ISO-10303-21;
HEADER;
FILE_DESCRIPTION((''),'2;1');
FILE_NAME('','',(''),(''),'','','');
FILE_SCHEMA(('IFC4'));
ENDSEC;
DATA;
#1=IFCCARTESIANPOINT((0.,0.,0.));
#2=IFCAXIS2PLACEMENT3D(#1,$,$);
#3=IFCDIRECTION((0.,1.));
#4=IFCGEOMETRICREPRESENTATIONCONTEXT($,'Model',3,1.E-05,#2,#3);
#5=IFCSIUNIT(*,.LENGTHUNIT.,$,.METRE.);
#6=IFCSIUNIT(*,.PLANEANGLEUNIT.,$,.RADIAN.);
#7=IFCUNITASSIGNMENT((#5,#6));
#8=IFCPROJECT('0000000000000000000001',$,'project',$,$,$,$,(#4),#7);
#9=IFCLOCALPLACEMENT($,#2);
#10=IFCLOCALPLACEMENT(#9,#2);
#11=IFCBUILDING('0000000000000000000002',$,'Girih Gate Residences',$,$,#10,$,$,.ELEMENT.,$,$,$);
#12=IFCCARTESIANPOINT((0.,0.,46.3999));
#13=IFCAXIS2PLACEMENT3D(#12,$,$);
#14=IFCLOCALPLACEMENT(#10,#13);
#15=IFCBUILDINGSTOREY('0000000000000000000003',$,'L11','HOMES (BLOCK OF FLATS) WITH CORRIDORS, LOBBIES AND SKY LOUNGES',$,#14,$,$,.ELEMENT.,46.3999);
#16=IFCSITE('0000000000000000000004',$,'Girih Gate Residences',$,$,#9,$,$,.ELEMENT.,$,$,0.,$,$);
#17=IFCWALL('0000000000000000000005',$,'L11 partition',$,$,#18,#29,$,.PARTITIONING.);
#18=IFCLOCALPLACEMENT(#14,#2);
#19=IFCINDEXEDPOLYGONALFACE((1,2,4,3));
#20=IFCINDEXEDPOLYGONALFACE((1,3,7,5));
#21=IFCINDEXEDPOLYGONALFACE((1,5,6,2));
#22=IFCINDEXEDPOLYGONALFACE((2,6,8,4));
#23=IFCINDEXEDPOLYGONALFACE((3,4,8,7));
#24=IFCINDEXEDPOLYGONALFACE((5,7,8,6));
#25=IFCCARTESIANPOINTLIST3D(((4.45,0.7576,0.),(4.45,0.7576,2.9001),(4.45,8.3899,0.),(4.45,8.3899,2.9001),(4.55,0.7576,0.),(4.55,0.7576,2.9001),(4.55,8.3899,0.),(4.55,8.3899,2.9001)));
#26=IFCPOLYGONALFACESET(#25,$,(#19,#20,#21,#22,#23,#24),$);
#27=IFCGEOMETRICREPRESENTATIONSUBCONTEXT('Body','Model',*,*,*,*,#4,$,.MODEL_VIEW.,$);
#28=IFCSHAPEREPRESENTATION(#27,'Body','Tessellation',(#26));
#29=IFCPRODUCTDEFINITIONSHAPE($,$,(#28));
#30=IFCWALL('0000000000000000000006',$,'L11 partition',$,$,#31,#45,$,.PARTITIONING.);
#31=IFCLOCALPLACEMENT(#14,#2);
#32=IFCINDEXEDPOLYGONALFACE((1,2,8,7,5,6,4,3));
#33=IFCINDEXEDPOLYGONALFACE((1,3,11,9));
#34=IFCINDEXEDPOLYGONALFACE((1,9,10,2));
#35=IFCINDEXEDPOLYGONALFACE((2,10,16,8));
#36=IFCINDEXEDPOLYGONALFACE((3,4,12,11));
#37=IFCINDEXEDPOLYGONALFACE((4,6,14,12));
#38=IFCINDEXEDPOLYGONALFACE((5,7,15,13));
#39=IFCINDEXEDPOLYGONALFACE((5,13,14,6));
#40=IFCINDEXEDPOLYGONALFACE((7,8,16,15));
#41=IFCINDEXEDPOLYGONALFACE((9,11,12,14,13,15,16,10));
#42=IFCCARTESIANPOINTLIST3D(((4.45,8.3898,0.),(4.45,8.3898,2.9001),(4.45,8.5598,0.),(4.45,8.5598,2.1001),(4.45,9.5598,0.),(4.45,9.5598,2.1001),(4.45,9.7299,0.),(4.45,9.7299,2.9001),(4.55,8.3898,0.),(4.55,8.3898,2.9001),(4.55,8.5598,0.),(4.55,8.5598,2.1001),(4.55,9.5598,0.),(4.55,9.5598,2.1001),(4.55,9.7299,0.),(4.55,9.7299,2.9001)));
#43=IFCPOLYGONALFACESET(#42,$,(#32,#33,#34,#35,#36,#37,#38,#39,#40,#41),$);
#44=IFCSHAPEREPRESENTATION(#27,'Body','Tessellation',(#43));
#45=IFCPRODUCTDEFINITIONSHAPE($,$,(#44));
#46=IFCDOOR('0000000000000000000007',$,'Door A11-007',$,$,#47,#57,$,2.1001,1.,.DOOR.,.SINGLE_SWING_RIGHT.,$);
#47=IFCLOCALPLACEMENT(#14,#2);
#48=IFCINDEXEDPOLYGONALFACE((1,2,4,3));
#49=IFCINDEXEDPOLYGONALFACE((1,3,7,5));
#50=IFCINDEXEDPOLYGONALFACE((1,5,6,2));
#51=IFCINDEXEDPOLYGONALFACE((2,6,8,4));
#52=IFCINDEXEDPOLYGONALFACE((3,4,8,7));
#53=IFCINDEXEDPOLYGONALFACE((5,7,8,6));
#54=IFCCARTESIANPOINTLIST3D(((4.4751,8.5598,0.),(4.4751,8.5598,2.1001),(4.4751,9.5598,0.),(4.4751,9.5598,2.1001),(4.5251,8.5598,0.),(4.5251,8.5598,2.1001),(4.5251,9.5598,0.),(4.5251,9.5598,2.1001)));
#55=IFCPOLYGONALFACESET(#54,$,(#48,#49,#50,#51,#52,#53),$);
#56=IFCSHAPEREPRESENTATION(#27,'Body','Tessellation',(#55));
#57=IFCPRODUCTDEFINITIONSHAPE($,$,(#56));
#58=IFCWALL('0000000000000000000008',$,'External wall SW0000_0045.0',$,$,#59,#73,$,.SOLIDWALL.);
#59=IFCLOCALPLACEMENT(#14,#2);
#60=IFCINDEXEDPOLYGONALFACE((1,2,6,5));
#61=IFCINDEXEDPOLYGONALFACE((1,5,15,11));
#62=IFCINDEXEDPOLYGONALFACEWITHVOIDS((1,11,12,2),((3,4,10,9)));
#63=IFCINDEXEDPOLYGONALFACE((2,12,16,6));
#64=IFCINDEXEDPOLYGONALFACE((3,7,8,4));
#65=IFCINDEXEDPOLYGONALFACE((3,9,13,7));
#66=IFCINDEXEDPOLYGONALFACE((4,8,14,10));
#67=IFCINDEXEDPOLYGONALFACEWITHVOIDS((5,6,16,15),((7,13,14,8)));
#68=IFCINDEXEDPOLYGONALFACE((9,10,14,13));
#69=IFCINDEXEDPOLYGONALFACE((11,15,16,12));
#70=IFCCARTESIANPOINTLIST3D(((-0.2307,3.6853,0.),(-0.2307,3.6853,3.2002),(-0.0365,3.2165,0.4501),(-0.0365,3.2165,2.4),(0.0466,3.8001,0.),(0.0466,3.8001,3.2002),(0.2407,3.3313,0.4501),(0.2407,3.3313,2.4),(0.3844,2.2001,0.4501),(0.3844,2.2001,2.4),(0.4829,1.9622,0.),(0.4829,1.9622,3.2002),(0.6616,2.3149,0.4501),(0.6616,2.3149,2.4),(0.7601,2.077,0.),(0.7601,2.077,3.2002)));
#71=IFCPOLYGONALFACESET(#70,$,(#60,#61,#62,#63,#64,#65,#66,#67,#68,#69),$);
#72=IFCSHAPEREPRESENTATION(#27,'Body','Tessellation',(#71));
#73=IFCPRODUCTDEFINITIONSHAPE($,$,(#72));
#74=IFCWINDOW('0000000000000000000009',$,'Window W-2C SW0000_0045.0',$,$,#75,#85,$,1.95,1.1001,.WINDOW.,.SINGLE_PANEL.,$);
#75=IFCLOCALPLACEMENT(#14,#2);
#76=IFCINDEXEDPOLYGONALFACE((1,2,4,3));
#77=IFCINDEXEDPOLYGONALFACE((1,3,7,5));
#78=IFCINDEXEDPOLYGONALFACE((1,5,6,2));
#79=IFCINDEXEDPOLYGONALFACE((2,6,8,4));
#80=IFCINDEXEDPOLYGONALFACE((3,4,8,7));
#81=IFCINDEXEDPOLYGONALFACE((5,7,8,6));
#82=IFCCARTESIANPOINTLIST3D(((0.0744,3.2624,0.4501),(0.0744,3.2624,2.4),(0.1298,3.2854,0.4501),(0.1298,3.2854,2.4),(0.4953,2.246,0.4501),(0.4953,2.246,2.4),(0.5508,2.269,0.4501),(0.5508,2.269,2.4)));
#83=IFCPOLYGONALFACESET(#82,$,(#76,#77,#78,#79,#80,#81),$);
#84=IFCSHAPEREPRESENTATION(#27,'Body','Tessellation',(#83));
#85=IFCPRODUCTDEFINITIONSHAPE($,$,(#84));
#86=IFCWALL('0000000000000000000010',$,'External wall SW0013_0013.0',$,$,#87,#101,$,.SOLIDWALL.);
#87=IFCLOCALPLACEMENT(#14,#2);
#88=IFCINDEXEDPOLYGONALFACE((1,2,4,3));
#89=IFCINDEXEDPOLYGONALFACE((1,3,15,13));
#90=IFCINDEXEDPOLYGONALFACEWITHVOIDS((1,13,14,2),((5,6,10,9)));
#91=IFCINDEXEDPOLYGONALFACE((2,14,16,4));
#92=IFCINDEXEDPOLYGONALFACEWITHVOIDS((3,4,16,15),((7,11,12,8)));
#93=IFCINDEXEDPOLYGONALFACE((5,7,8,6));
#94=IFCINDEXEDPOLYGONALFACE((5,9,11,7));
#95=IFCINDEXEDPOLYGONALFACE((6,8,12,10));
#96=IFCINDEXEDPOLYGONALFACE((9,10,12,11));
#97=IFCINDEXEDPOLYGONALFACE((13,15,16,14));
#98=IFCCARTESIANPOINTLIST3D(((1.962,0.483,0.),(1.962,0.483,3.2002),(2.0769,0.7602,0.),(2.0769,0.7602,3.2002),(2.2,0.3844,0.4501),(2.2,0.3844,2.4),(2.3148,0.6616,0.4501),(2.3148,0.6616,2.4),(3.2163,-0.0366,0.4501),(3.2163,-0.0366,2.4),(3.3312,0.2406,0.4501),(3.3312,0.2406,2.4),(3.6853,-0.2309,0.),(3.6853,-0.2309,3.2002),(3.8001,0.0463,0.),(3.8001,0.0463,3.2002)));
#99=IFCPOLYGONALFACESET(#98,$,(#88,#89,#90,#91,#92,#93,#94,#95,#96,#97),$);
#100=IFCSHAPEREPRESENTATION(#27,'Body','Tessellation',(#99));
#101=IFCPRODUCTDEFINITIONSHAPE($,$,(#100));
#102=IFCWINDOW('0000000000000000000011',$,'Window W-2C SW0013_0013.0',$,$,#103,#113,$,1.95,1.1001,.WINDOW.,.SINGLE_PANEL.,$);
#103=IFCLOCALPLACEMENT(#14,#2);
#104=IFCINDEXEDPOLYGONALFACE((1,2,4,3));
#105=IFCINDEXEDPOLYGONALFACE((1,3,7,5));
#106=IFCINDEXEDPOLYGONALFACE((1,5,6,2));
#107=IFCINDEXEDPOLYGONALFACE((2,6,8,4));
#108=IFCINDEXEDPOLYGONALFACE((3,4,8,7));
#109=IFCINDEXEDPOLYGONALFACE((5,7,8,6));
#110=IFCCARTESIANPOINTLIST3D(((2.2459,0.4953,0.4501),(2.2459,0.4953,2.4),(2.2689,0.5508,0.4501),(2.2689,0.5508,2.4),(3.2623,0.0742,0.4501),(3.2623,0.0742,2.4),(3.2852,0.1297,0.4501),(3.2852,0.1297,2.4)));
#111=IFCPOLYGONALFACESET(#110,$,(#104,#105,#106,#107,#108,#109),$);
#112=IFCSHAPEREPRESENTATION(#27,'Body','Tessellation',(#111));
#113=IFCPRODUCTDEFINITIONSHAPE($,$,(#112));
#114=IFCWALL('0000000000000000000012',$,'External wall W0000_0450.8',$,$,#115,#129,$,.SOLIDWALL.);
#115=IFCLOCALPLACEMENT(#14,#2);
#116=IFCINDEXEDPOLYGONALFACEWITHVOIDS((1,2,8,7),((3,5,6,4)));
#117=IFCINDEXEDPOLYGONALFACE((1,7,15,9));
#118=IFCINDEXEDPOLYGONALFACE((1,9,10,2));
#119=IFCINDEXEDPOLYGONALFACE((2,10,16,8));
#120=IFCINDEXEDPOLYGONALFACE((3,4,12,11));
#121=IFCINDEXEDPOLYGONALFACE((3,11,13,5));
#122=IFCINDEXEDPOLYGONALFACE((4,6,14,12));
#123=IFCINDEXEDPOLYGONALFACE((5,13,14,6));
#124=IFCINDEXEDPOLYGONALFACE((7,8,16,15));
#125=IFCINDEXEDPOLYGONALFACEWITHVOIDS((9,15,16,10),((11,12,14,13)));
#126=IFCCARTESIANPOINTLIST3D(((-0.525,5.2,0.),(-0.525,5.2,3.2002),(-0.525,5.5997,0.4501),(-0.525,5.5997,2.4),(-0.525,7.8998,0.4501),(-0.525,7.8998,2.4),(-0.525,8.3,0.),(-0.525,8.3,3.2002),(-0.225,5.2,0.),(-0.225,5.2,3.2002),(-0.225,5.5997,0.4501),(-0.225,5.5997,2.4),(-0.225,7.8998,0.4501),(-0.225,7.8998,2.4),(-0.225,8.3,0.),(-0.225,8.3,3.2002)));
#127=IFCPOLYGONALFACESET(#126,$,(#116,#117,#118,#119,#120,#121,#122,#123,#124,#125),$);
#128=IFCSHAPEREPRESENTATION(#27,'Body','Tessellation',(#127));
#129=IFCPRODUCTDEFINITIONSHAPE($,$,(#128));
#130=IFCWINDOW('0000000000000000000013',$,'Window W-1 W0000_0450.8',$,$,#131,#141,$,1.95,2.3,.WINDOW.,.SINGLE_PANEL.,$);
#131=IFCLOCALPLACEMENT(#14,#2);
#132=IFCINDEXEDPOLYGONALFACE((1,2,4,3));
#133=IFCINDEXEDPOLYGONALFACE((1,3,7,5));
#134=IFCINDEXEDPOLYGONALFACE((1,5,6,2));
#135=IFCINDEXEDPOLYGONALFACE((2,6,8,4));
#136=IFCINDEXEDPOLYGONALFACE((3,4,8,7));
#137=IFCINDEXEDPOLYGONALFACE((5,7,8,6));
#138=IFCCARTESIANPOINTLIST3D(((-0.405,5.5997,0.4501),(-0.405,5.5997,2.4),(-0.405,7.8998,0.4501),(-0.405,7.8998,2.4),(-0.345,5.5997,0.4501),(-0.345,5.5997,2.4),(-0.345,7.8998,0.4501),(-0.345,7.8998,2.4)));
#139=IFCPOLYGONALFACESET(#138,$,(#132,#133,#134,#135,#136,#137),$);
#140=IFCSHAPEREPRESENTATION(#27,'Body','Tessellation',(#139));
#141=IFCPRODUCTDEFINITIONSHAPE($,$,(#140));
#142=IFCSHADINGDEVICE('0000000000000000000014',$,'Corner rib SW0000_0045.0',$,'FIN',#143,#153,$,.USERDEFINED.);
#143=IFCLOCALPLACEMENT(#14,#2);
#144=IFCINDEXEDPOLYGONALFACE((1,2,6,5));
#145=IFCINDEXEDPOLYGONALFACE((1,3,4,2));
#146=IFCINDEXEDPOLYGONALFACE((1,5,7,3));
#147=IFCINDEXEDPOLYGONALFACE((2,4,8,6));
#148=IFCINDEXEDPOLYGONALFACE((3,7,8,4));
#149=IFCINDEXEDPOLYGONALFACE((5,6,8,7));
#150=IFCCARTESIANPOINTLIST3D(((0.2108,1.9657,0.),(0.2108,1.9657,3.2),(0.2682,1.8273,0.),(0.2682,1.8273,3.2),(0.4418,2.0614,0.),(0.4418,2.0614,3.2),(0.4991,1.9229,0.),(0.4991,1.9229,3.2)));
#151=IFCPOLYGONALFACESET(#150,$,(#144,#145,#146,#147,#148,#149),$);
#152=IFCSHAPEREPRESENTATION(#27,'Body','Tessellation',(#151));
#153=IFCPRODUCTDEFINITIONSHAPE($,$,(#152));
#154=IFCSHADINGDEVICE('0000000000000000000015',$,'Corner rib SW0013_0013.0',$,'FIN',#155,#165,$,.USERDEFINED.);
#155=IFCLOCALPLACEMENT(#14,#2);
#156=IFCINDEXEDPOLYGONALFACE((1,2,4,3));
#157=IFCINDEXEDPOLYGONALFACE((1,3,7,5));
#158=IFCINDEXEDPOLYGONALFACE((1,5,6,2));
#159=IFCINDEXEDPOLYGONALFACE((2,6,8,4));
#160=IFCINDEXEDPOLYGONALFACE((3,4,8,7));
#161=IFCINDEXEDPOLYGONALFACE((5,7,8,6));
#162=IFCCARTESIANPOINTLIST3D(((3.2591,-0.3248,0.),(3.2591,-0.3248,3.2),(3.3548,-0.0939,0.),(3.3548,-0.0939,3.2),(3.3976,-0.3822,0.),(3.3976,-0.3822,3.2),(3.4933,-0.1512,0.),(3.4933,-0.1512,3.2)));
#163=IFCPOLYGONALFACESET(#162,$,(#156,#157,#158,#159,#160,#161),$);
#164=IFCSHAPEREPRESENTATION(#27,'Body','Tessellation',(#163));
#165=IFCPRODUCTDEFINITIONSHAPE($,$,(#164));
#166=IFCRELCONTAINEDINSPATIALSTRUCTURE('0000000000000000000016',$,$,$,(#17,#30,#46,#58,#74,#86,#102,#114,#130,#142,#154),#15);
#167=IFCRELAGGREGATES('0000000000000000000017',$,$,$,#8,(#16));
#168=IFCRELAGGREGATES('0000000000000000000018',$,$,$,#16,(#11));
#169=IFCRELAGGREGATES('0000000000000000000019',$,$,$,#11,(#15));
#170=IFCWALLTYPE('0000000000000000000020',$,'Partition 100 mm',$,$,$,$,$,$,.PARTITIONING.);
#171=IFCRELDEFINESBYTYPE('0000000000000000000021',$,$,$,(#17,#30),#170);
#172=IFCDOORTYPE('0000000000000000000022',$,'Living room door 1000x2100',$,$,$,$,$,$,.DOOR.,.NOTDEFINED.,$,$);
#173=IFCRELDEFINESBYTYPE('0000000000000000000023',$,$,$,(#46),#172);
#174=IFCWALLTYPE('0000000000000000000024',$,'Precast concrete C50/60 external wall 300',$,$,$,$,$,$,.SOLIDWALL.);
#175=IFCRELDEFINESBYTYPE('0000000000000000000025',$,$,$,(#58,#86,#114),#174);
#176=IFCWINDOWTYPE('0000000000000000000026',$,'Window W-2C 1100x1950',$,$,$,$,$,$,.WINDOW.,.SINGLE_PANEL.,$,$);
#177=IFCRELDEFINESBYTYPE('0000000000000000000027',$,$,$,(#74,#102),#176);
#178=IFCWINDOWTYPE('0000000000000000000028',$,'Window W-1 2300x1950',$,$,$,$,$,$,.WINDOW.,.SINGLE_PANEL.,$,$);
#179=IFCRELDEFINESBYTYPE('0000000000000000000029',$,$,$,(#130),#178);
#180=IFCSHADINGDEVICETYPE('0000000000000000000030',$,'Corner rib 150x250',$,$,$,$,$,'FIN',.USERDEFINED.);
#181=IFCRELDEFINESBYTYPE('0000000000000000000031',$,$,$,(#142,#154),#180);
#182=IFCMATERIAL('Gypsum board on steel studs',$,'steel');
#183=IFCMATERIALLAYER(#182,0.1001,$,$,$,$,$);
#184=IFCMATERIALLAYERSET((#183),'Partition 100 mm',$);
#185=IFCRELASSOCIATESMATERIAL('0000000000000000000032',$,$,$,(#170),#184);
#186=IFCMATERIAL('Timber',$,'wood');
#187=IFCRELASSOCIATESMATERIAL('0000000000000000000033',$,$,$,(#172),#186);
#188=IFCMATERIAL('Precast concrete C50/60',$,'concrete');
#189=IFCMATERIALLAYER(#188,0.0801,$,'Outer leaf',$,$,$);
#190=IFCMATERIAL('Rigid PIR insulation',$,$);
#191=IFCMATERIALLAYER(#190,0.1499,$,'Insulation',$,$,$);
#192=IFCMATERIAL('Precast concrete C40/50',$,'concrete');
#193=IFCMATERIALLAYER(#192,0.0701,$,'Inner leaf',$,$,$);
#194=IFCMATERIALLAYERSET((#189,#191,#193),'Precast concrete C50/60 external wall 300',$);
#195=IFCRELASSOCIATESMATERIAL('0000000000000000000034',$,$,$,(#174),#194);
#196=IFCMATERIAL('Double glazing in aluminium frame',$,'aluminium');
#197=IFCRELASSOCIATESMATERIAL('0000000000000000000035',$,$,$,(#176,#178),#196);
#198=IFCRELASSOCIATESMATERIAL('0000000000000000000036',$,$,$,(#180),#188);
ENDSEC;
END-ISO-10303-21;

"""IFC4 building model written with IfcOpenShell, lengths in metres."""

from ifc_helpers import new_model, si_unit, direction, frame, frame_2d, origin, origin_2d, place, context, subcontext, project, spatial, rectangle, extrude, material, layer, layer_set, type_object, element, fill, save


model = new_model("IFC4")

# Units and contexts
model_context = context("Model", 3, precision=1e-05, world=origin(), true_north=direction((0.0, 1.0)))
body_context = subcontext(model_context, "Body", "Model", "MODEL_VIEW")
ifc_project = project(units=[si_unit("LENGTHUNIT", "METRE"), si_unit("PLANEANGLEUNIT", "RADIAN")], contexts=[model_context])

# Site, building, storey
site_placement = place(None, origin())
site = spatial("IfcSite", under=ifc_project, at=site_placement, Name="Girih Gate Residences", CompositionType="ELEMENT", RefElevation=0.0)
building_placement = place(site_placement, origin())
building = spatial("IfcBuilding", under=site, at=building_placement, Name="Girih Gate Residences", CompositionType="ELEMENT")
storey_placement = place(building_placement, frame((0.0, 0.0, 46.3999)))
storey = spatial("IfcBuildingStorey", under=building, at=storey_placement, Name="L11", Description="HOMES (BLOCK OF FLATS) WITH CORRIDORS, LOBBIES AND SKY LOUNGES", CompositionType="ELEMENT", Elevation=46.3999)

# Wall
ifc_material_1 = material(Name="Gypsum board on steel studs", Category="steel")
ifc_layer_1 = layer(ifc_material_1, 0.1001)
ifc_layer_set_1 = layer_set([ifc_layer_1], Name="Partition 100 mm")
wall_type_1 = type_object("IfcWallType", Name="Partition 100 mm", PredefinedType="PARTITIONING", material=ifc_layer_set_1)
wall_1_placement = place(storey_placement, frame((4.5, 0.7576, 0.0), z_axis=(0.0, 0.0, 1.0), x_axis=(0.0, 1.0, 0.0)))
element("IfcWall", 1, at=wall_1_placement, inside=storey, type_object=wall_type_1, Name="L11 partition", PredefinedType="PARTITIONING", context=body_context, shape_type="SweptSolid", body=[
    extrude(rectangle(XDim=7.6323, YDim=0.1001, at=frame_2d((3.8162, 0.0))), origin(), (0.0, 0.0, 1.0), 2.9001),
])

# Wall, opening, door
wall_2_placement = place(storey_placement, frame((4.5, 8.3899, 0.0), z_axis=(0.0, 0.0, 1.0), x_axis=(0.0, 1.0, 0.0)))
wall_2 = element("IfcWall", 2, at=wall_2_placement, inside=storey, type_object=wall_type_1, Name="L11 partition", PredefinedType="PARTITIONING", context=body_context, shape_type="SweptSolid", body=[
    extrude(rectangle(XDim=1.3401, YDim=0.1001, at=frame_2d((0.6699, 0.0))), origin(), (0.0, 0.0, 1.0), 2.9001),
])
opening_1_placement = place(wall_2_placement, frame((0.1699, 0.0, 0.0)))
opening_1 = element("IfcOpeningElement", 3, at=opening_1_placement, cuts=wall_2, PredefinedType="OPENING", context=body_context, shape_type="SweptSolid", body=[
    extrude(rectangle(XDim=1.0, YDim=2.1001, at=frame_2d((0.5, 1.05))), frame((0.0, 0.0601, 0.0), z_axis=(0.0, -1.0, 0.0), x_axis=(1.0, 0.0, 0.0)), (0.0, 0.0, 1.0), 0.1201),
])
ifc_material_2 = material(Name="Timber", Category="wood")
door_type = type_object("IfcDoorType", Name="Living room door 1000x2100", OperationType="NOTDEFINED", PredefinedType="DOOR", material=ifc_material_2)
door_placement = place(opening_1_placement, origin())
door = element("IfcDoor", 4, at=door_placement, inside=storey, type_object=door_type, Name="Door A11-007", OperationType="SINGLE_SWING_RIGHT", OverallHeight=2.1001, OverallWidth=1.0, PredefinedType="DOOR", context=body_context, shape_type="SweptSolid", body=[
    extrude(rectangle(XDim=1.0, YDim=2.1001, at=frame_2d((0.5, 1.05))), frame((0.0, 0.0249, 0.0), z_axis=(0.0, -1.0, 0.0), x_axis=(1.0, 0.0, 0.0)), (0.0, 0.0, 1.0), 0.05),
])
fill(opening_1, door)

# Walls, openings, windows
ifc_material_3 = material(Name="Precast concrete C50/60", Category="concrete")
ifc_layer_2 = layer(ifc_material_3, 0.0801, Name="Outer leaf")
ifc_material_4 = material(Name="Rigid PIR insulation")
ifc_layer_3 = layer(ifc_material_4, 0.1499, Name="Insulation")
ifc_material_5 = material(Name="Precast concrete C40/50", Category="concrete")
ifc_layer_4 = layer(ifc_material_5, 0.0701, Name="Inner leaf")
ifc_layer_set_2 = layer_set([ifc_layer_2, ifc_layer_3, ifc_layer_4], Name="Precast concrete C50/60 external wall 300")
wall_type_2 = type_object("IfcWallType", Name="Precast concrete C50/60 external wall 300", PredefinedType="SOLIDWALL", material=ifc_layer_set_2)
wall_3_placement = place(storey_placement, frame((0.6216, 2.0195, 0.0), z_axis=(0.0, 0.0, 1.0), x_axis=(-0.382625, 0.923904, 0.0)))
wall_3 = element("IfcWall", 5, at=wall_3_placement, inside=storey, type_object=wall_type_2, Name="External wall SW0000_0045.0", PredefinedType="SOLIDWALL", context=body_context, shape_type="SweptSolid", body=[
    extrude(rectangle(XDim=1.865, YDim=0.3, at=frame_2d((0.9326, 0.0))), origin(), (0.0, 0.0, 1.0), 3.2002),
])
opening_2_placement = place(wall_3_placement, frame((0.2576, 0.0, 0.45)))
opening_2 = element("IfcOpeningElement", 6, at=opening_2_placement, cuts=wall_3, PredefinedType="OPENING", context=body_context, shape_type="SweptSolid", body=[
    extrude(rectangle(XDim=1.1001, YDim=1.95, at=frame_2d((0.55, 0.9751))), frame((0.0, 0.1599, 0.0), z_axis=(0.0, -1.0, 0.0), x_axis=(1.0, 0.0, 0.0)), (0.0, 0.0, 1.0), 0.3201),
])
ifc_material_6 = material(Name="Double glazing in aluminium frame", Category="aluminium")
window_type_1 = type_object("IfcWindowType", Name="Window W-2C 1100x1950", PartitioningType="SINGLE_PANEL", PredefinedType="WINDOW", material=ifc_material_6)
window_1_placement = place(opening_2_placement, origin())
window_1 = element("IfcWindow", 7, at=window_1_placement, inside=storey, type_object=window_type_1, Name="Window W-2C SW0000_0045.0", OverallHeight=1.95, OverallWidth=1.1001, PartitioningType="SINGLE_PANEL", PredefinedType="WINDOW", context=body_context, shape_type="SweptSolid", body=[
    extrude(rectangle(XDim=1.1001, YDim=1.95, at=frame_2d((0.55, 0.9751))), frame((0.0, 0.03, 0.0), z_axis=(0.0, -1.0, 0.0), x_axis=(1.0, 0.0, 0.0)), (0.0, 0.0, 1.0), 0.0601),
])
fill(opening_2, window_1)
wall_4_placement = place(storey_placement, frame((3.7427, -0.0923, 0.0), z_axis=(0.0, 0.0, 1.0), x_axis=(-0.923857, 0.382737, 0.0)))
wall_4 = element("IfcWall", 8, at=wall_4_placement, inside=storey, type_object=wall_type_2, Name="External wall SW0013_0013.0", PredefinedType="SOLIDWALL", context=body_context, shape_type="SweptSolid", body=[
    extrude(rectangle(XDim=1.8652, YDim=0.3, at=frame_2d((0.9326, 0.0))), origin(), (0.0, 0.0, 1.0), 3.2002),
])
opening_3_placement = place(wall_4_placement, frame((0.5076, 0.0, 0.45)))
opening_3 = element("IfcOpeningElement", 9, at=opening_3_placement, cuts=wall_4, PredefinedType="OPENING", context=body_context, shape_type="SweptSolid", body=[
    extrude(rectangle(XDim=1.1001, YDim=1.95, at=frame_2d((0.55, 0.9751))), frame((0.0, 0.1599, 0.0), z_axis=(0.0, -1.0, 0.0), x_axis=(1.0, 0.0, 0.0)), (0.0, 0.0, 1.0), 0.3201),
])
window_2_placement = place(opening_3_placement, origin())
window_2 = element("IfcWindow", 10, at=window_2_placement, inside=storey, type_object=window_type_1, Name="Window W-2C SW0013_0013.0", OverallHeight=1.95, OverallWidth=1.1001, PartitioningType="SINGLE_PANEL", PredefinedType="WINDOW", context=body_context, shape_type="SweptSolid", body=[
    extrude(rectangle(XDim=1.1001, YDim=1.95, at=frame_2d((0.55, 0.9751))), frame((0.0, 0.03, 0.0), z_axis=(0.0, -1.0, 0.0), x_axis=(1.0, 0.0, 0.0)), (0.0, 0.0, 1.0), 0.0601),
])
fill(opening_3, window_2)
wall_5_placement = place(storey_placement, frame((-0.375, 5.2, 0.0), z_axis=(0.0, 0.0, 1.0), x_axis=(0.0, 1.0, 0.0)))
wall_5 = element("IfcWall", 11, at=wall_5_placement, inside=storey, type_object=wall_type_2, Name="External wall W0000_0450.8", PredefinedType="SOLIDWALL", context=body_context, shape_type="SweptSolid", body=[
    extrude(rectangle(XDim=3.1001, YDim=0.3, at=frame_2d((1.55, 0.0))), origin(), (0.0, 0.0, 1.0), 3.2002),
])
opening_4_placement = place(wall_5_placement, frame((0.3999, 0.0, 0.45)))
opening_4 = element("IfcOpeningElement", 12, at=opening_4_placement, cuts=wall_5, PredefinedType="OPENING", context=body_context, shape_type="SweptSolid", body=[
    extrude(rectangle(XDim=2.3, YDim=1.95, at=frame_2d((1.1499, 0.9751))), frame((0.0, 0.1599, 0.0), z_axis=(0.0, -1.0, 0.0), x_axis=(1.0, 0.0, 0.0)), (0.0, 0.0, 1.0), 0.3201),
])
window_type_2 = type_object("IfcWindowType", Name="Window W-1 2300x1950", PartitioningType="SINGLE_PANEL", PredefinedType="WINDOW", material=ifc_material_6)
window_3_placement = place(opening_4_placement, origin())
window_3 = element("IfcWindow", 13, at=window_3_placement, inside=storey, type_object=window_type_2, Name="Window W-1 W0000_0450.8", OverallHeight=1.95, OverallWidth=2.3, PartitioningType="SINGLE_PANEL", PredefinedType="WINDOW", context=body_context, shape_type="SweptSolid", body=[
    extrude(rectangle(XDim=2.3, YDim=1.95, at=frame_2d((1.1499, 0.9751))), frame((0.0, 0.03, 0.0), z_axis=(0.0, -1.0, 0.0), x_axis=(1.0, 0.0, 0.0)), (0.0, 0.0, 1.0), 0.0601),
])
fill(opening_4, window_3)

# Shading devices
shading_device_type = type_object("IfcShadingDeviceType", Name="Corner rib 150x250", ElementType="FIN", PredefinedType="USERDEFINED", material=ifc_material_3)
for number, where, z_axis, x_axis, name in (
    (14, (0.355, 1.9443, 0.0), (0.0, 0.0, 1.0), (0.382683, -0.92388, 0.0), "Corner rib SW0000_0045.0"),
    (15, (3.3762, -0.238, 0.0), (0.0, 0.0, 1.0), (0.92388, -0.382683, 0.0), "Corner rib SW0013_0013.0"),
):
    element("IfcShadingDevice", number, at=place(storey_placement, frame(where, z_axis=z_axis, x_axis=x_axis)), inside=storey, type_object=shading_device_type, Name=name, ObjectType="FIN", PredefinedType="USERDEFINED", context=body_context, shape_type="SweptSolid", body=[
        extrude(rectangle(XDim=0.1499, YDim=0.25, at=origin_2d()), origin(), (0.0, 0.0, 1.0), 3.2),
    ])

save(model, "model.ifc")
